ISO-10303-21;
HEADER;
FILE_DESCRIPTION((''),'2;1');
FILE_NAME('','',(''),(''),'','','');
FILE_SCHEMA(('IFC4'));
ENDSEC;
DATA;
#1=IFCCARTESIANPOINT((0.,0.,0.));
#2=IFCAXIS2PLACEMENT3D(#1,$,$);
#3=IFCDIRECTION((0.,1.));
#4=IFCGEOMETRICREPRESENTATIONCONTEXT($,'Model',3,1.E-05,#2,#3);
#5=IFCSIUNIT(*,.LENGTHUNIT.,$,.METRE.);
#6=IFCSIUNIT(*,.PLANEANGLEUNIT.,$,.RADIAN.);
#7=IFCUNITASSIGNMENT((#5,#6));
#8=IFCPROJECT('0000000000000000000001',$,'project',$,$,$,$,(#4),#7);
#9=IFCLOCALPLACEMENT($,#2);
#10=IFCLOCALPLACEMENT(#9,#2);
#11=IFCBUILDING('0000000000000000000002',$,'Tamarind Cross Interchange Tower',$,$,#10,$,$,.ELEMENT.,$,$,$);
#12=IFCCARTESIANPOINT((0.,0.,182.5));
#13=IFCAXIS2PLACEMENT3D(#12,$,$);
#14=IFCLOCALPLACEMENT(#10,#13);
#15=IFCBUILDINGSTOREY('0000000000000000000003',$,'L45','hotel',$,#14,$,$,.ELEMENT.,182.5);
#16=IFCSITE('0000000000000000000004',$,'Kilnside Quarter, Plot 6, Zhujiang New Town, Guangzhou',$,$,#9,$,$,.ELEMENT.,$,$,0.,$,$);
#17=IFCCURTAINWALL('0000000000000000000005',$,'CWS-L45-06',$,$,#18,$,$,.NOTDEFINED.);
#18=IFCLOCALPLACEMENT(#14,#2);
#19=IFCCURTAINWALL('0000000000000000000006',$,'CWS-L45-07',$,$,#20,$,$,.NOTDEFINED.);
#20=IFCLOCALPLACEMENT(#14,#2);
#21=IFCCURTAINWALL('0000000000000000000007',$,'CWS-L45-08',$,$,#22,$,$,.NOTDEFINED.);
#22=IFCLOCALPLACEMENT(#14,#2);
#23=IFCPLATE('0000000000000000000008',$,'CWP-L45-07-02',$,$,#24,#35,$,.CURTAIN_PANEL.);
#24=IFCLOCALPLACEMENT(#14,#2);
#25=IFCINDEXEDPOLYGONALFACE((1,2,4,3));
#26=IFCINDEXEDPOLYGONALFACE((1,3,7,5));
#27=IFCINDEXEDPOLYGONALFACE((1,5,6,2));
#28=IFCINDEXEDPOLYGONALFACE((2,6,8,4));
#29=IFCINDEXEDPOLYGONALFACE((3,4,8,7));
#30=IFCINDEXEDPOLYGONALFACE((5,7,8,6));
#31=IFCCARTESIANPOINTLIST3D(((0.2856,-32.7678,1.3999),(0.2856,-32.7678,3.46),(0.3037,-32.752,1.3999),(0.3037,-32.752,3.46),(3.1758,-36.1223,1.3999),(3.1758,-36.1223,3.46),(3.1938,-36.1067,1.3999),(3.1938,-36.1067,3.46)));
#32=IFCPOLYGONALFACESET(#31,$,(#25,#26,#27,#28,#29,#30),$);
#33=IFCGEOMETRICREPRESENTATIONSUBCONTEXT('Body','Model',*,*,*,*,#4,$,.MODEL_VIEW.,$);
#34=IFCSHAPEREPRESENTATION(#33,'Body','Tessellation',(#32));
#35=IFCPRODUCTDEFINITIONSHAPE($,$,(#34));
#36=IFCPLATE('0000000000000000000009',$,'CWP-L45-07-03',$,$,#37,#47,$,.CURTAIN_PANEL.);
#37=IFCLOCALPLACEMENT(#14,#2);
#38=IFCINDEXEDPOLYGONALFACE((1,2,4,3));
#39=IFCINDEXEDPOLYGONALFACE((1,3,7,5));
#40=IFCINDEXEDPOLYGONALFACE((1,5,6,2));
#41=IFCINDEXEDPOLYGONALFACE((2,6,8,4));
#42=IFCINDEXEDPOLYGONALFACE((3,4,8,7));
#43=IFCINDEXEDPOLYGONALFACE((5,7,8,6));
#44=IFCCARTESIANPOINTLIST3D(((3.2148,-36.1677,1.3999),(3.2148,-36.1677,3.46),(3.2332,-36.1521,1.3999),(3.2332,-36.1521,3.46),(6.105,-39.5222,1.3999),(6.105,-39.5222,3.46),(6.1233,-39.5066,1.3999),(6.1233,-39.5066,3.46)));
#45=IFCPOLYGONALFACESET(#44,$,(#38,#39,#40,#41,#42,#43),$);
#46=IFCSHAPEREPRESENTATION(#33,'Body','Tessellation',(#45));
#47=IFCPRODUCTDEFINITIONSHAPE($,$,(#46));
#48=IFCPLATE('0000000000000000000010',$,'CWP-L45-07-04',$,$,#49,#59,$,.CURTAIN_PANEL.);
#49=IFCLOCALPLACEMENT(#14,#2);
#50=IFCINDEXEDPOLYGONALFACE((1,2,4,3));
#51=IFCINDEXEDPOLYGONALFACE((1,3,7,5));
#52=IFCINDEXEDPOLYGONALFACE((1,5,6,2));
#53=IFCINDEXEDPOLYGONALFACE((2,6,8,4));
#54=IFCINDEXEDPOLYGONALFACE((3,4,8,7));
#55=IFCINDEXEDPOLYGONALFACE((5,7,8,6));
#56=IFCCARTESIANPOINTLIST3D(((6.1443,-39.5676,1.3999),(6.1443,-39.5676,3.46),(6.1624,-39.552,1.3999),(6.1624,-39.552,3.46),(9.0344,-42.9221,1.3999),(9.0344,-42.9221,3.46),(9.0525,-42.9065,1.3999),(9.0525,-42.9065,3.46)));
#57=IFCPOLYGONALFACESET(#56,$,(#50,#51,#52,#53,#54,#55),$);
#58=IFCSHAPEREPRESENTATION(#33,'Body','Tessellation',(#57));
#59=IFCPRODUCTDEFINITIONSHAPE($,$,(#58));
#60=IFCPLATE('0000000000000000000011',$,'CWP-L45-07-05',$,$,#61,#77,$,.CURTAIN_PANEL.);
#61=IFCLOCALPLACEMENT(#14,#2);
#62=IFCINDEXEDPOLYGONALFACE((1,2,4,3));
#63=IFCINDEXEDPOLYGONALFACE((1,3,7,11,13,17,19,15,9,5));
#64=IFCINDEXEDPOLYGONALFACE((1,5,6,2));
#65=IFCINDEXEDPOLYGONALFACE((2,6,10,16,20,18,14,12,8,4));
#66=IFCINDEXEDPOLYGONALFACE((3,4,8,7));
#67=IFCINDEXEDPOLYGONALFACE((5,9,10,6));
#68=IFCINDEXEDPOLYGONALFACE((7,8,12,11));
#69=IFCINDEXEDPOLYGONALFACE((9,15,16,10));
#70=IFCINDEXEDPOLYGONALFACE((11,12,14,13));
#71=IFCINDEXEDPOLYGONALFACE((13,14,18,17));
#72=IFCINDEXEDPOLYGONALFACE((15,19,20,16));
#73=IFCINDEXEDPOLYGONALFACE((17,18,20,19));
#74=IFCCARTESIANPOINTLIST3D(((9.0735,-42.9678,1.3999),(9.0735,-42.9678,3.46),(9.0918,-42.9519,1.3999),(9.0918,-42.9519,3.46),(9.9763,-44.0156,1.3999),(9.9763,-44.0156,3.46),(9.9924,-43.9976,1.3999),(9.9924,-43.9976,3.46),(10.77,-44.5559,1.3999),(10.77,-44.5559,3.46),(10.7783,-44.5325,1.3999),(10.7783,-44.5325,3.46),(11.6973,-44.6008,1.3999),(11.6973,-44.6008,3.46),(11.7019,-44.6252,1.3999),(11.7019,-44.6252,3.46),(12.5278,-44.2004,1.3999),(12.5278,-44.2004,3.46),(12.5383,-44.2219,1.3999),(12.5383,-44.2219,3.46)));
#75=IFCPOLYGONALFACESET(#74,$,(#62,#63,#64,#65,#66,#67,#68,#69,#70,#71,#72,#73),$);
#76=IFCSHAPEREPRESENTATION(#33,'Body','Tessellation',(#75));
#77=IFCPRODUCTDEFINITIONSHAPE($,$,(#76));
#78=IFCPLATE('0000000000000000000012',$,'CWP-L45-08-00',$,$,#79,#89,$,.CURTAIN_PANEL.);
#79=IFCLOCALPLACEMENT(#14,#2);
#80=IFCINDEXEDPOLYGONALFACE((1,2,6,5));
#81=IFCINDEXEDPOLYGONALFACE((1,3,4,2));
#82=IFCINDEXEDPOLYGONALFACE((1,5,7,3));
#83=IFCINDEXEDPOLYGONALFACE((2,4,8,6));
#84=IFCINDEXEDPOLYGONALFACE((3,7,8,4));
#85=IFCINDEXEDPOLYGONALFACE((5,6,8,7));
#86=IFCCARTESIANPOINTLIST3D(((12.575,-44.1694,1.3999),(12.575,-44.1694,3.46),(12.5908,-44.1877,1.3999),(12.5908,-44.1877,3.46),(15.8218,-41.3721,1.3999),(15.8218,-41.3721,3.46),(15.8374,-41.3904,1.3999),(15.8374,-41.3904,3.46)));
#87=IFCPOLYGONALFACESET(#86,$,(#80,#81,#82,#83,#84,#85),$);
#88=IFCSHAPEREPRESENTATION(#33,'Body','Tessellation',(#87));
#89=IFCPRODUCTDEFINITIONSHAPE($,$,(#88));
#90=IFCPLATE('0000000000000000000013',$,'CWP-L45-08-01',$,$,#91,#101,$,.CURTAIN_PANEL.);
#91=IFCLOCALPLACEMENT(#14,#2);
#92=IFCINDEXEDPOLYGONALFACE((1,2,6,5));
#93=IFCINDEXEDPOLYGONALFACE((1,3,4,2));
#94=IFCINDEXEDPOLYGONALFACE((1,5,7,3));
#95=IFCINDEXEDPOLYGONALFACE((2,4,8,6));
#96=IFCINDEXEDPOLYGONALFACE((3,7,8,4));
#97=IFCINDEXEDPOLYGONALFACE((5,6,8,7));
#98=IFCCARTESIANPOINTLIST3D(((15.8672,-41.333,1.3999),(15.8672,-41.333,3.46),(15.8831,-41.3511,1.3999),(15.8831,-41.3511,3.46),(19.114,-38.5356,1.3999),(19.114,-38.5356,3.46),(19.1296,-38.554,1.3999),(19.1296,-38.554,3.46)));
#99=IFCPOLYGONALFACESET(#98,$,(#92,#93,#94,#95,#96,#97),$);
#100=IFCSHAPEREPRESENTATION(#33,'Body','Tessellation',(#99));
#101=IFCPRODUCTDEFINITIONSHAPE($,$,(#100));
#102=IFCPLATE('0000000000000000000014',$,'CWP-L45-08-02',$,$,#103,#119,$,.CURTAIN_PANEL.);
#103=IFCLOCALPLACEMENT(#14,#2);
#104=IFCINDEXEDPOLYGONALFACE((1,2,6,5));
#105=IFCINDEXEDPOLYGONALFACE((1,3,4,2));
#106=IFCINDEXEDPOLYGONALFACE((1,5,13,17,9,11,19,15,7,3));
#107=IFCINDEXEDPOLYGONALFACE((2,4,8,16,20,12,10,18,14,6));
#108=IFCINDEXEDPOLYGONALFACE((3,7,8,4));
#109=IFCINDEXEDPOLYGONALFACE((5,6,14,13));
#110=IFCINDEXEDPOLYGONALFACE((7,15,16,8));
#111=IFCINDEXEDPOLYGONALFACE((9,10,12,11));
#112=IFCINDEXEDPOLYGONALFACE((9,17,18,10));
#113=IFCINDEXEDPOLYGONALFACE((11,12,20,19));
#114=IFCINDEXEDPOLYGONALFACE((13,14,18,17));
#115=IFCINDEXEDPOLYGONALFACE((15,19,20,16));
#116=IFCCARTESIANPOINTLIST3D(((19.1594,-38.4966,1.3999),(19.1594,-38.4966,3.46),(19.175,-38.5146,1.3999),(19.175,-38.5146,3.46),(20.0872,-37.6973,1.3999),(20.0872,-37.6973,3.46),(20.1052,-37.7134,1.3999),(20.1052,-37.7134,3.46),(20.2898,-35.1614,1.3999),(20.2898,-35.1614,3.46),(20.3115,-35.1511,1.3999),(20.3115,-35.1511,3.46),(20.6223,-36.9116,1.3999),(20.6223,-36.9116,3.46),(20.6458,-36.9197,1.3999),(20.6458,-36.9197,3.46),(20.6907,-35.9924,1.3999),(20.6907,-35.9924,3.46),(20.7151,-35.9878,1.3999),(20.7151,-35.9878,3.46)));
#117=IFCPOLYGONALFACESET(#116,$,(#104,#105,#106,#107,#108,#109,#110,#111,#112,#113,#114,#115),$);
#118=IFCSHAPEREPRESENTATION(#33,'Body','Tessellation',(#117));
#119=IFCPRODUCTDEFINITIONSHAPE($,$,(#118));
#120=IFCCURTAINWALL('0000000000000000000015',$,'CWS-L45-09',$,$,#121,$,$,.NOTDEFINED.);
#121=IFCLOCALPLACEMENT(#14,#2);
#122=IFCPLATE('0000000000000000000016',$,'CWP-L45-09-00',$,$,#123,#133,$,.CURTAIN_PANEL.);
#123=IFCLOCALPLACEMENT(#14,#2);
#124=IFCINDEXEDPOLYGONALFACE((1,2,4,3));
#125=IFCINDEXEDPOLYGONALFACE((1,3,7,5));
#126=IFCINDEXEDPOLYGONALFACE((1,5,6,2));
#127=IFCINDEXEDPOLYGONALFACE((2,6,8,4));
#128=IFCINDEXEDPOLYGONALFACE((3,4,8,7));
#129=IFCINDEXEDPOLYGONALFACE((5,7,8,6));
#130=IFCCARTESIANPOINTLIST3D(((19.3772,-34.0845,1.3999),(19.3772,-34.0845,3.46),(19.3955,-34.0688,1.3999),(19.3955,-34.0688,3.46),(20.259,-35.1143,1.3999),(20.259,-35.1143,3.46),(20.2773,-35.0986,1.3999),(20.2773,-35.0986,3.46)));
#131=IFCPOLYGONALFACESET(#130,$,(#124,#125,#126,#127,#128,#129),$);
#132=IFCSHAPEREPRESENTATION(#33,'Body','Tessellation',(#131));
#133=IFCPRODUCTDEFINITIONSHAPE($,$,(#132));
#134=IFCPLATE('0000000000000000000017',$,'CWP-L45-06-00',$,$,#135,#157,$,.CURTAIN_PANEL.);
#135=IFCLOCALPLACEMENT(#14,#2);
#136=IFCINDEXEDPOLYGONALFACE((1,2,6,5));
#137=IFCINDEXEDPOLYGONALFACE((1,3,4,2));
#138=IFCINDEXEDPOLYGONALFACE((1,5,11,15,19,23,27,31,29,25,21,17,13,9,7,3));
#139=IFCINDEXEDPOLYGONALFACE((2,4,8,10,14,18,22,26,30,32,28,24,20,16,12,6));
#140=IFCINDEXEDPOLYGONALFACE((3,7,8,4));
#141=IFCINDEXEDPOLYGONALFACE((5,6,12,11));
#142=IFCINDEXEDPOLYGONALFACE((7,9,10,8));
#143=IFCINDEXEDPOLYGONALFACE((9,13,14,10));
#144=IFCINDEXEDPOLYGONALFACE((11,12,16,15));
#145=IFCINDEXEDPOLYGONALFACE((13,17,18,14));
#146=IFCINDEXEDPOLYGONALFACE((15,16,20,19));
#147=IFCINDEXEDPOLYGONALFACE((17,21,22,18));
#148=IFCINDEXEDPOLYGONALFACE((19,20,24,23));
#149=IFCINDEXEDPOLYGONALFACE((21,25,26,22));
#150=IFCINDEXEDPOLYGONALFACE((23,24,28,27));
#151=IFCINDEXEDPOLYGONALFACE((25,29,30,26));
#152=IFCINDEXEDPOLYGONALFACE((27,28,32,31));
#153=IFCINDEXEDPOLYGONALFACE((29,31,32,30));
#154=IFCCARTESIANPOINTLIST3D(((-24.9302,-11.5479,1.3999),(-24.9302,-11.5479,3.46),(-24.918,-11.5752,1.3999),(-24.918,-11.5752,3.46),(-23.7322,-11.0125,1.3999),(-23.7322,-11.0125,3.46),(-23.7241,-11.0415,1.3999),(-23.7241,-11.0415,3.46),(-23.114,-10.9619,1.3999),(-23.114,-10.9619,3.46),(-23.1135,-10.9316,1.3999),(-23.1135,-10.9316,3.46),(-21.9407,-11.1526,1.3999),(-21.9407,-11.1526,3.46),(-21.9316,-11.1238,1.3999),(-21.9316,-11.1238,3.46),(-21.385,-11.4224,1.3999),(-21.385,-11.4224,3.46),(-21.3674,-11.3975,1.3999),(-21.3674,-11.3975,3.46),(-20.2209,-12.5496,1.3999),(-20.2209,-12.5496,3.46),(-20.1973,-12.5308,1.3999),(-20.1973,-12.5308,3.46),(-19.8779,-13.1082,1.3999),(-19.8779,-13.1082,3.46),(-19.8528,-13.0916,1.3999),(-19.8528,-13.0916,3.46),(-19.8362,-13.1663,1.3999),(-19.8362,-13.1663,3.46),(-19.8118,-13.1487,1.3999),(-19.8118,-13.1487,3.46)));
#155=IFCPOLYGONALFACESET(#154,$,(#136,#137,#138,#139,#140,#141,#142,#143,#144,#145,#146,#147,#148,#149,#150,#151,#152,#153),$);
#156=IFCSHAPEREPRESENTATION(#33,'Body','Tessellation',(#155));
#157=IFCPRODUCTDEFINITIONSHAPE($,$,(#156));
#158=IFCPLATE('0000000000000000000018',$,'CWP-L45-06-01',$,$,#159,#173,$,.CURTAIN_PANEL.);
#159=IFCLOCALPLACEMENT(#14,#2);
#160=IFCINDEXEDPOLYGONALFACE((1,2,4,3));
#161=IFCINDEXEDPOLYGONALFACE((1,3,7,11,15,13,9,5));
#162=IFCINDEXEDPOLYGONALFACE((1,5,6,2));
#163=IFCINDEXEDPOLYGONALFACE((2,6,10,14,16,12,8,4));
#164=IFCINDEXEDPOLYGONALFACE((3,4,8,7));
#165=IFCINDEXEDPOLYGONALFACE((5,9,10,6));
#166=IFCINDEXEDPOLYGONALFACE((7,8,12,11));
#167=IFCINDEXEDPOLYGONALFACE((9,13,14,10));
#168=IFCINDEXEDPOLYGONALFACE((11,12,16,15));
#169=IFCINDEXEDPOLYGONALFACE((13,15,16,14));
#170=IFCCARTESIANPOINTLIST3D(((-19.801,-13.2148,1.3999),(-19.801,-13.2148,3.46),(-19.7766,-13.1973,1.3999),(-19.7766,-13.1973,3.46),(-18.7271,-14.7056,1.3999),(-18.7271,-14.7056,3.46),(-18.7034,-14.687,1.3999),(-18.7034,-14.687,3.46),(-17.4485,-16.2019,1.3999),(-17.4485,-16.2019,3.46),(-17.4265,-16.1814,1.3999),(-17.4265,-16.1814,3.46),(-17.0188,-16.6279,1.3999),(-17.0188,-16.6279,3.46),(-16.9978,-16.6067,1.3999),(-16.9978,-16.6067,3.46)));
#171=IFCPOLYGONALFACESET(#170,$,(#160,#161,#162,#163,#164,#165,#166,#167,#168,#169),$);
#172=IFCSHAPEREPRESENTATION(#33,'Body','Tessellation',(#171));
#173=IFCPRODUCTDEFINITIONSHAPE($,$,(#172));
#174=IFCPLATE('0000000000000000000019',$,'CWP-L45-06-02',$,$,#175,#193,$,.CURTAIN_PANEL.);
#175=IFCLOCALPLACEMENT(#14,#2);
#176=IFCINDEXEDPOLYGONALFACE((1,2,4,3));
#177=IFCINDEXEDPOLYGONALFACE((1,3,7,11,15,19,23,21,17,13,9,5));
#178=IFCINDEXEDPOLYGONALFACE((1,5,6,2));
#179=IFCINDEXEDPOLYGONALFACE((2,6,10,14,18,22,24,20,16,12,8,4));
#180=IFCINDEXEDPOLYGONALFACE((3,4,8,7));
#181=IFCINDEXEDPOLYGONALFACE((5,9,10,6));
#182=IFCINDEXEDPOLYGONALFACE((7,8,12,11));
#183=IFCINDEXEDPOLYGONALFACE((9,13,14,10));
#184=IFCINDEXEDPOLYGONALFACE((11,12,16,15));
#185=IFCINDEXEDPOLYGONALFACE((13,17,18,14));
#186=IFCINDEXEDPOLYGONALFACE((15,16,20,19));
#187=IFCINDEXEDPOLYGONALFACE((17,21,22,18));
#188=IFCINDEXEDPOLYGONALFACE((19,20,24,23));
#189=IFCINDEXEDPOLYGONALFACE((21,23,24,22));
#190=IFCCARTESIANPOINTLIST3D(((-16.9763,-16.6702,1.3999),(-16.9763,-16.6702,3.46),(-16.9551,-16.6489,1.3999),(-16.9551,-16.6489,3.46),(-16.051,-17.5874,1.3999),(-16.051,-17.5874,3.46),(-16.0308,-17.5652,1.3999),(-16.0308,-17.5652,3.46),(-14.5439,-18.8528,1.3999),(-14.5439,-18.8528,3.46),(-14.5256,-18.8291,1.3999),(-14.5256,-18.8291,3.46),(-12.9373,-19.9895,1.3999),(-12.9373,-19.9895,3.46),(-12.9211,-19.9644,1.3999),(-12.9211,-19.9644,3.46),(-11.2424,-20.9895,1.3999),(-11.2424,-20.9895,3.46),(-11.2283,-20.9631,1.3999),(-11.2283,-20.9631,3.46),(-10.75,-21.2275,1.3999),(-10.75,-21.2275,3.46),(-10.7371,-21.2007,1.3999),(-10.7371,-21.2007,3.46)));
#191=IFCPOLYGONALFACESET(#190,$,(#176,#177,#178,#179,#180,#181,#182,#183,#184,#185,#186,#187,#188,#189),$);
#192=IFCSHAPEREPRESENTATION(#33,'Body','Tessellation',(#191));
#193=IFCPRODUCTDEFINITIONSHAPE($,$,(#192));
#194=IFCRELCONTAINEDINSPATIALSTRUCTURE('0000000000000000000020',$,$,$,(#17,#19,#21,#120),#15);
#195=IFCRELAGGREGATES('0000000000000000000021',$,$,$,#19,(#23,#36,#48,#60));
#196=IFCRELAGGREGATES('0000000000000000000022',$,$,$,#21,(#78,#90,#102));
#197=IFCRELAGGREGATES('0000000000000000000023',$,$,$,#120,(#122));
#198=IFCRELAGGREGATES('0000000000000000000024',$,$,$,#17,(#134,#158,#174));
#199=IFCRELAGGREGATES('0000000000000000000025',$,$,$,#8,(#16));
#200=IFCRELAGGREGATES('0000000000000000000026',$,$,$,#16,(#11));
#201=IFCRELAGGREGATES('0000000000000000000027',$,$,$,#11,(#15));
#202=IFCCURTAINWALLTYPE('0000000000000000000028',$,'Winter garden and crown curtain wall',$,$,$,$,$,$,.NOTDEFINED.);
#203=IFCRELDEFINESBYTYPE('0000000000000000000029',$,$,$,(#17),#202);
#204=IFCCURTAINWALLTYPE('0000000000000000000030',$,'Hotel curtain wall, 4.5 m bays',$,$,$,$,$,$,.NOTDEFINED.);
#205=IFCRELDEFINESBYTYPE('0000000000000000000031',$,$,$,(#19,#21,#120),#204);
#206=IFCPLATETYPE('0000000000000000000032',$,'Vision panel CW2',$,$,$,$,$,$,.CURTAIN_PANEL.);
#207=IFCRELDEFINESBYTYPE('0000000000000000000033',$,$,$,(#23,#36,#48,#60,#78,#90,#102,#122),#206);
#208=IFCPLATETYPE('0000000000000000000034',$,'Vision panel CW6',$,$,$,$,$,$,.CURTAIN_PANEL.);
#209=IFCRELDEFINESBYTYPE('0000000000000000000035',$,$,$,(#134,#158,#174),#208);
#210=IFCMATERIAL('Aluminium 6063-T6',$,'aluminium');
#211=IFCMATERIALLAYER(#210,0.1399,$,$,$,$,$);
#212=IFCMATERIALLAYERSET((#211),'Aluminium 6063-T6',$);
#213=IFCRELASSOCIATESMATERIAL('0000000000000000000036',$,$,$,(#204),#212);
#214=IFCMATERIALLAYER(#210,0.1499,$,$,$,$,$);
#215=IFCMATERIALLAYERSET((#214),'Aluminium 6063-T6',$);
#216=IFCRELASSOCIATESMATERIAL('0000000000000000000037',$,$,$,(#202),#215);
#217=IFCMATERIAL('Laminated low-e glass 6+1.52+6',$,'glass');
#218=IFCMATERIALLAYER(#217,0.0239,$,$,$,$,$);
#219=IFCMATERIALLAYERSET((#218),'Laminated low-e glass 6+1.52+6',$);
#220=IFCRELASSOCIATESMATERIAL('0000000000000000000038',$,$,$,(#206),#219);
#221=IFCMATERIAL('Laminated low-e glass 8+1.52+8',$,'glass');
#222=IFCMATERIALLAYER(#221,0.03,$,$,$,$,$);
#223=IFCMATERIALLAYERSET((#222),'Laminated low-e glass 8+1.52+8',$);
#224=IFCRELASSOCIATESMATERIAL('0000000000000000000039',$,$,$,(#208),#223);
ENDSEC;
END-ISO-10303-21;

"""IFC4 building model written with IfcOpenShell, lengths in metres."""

from ifc_helpers import new_model, si_unit, direction, frame, origin, place, context, subcontext, project, spatial, polyline, outline, extrude, material, layer, layer_set, type_object, element, aggregate, save


model = new_model("IFC4")

# Units and contexts
model_context = context("Model", 3, precision=1e-05, world=origin(), true_north=direction((0.0, 1.0)))
body_context = subcontext(model_context, "Body", "Model", "MODEL_VIEW")
ifc_project = project(units=[si_unit("LENGTHUNIT", "METRE"), si_unit("PLANEANGLEUNIT", "RADIAN")], contexts=[model_context])

# Site, building, storey
site_placement = place(None, origin())
site = spatial("IfcSite", under=ifc_project, at=site_placement, Name="Kilnside Quarter, Plot 6, Zhujiang New Town, Guangzhou", CompositionType="ELEMENT", RefElevation=0.0)
building_placement = place(site_placement, origin())
building = spatial("IfcBuilding", under=site, at=building_placement, Name="Tamarind Cross Interchange Tower", CompositionType="ELEMENT")
storey_placement = place(building_placement, frame((0.0, 0.0, 182.5)))
storey = spatial("IfcBuildingStorey", under=building, at=storey_placement, Name="L45", Description="hotel", CompositionType="ELEMENT", Elevation=182.5)

# Curtain walls
ifc_material_1 = material(Name="Aluminium 6063-T6", Category="aluminium")
ifc_layer_1 = layer(ifc_material_1, 0.1399)
ifc_layer_set_1 = layer_set([ifc_layer_1], Name="Aluminium 6063-T6")
curtain_wall_type_1 = type_object("IfcCurtainWallType", Name="Hotel curtain wall, 4.5 m bays", PredefinedType="NOTDEFINED", material=ifc_layer_set_1)
ifc_layer_2 = layer(ifc_material_1, 0.1499)
ifc_layer_set_2 = layer_set([ifc_layer_2], Name="Aluminium 6063-T6")
curtain_wall_type_2 = type_object("IfcCurtainWallType", Name="Winter garden and crown curtain wall", PredefinedType="NOTDEFINED", material=ifc_layer_set_2)
curtain_wall_1_placement = place(storey_placement, origin())
curtain_wall_1 = element("IfcCurtainWall", 1, at=curtain_wall_1_placement, inside=storey, type_object=curtain_wall_type_2, Name="CWS-L45-06", PredefinedType="NOTDEFINED")
curtain_wall_2_placement = place(storey_placement, origin())
curtain_wall_2 = element("IfcCurtainWall", 2, at=curtain_wall_2_placement, inside=storey, type_object=curtain_wall_type_1, Name="CWS-L45-07", PredefinedType="NOTDEFINED")
curtain_wall_3_placement = place(storey_placement, origin())
curtain_wall_3 = element("IfcCurtainWall", 3, at=curtain_wall_3_placement, inside=storey, type_object=curtain_wall_type_1, Name="CWS-L45-08", PredefinedType="NOTDEFINED")

# Plates
ifc_material_2 = material(Name="Laminated low-e glass 6+1.52+6", Category="glass")
ifc_layer_3 = layer(ifc_material_2, 0.0239)
ifc_layer_set_3 = layer_set([ifc_layer_3], Name="Laminated low-e glass 6+1.52+6")
plate_type_1 = type_object("IfcPlateType", Name="Vision panel CW2", PredefinedType="CURTAIN_PANEL", material=ifc_layer_set_3)
plate_1_placement = place(storey_placement, frame((0.0, 0.0, 1.3999)))
plate_1 = element("IfcPlate", 4, at=plate_1_placement, type_object=plate_type_1, Name="CWP-L45-07-02", PredefinedType="CURTAIN_PANEL", context=body_context, shape_type="SweptSolid", body=[
    extrude(outline(polyline([(0.3037, -32.752), (3.1938, -36.1067), (3.1758, -36.1223), (0.2856, -32.7678), (0.3037, -32.752)])), origin(), (0.0, 0.0, 1.0), 2.0601),
])
plate_2_placement = place(storey_placement, frame((0.0, 0.0, 1.3999)))
plate_2 = element("IfcPlate", 5, at=plate_2_placement, type_object=plate_type_1, Name="CWP-L45-07-03", PredefinedType="CURTAIN_PANEL", context=body_context, shape_type="SweptSolid", body=[
    extrude(outline(polyline([(3.2332, -36.1521), (6.1233, -39.5066), (6.105, -39.5222), (3.2148, -36.1677), (3.2332, -36.1521)])), origin(), (0.0, 0.0, 1.0), 2.0601),
])
plate_3_placement = place(storey_placement, frame((0.0, 0.0, 1.3999)))
plate_3 = element("IfcPlate", 6, at=plate_3_placement, type_object=plate_type_1, Name="CWP-L45-07-04", PredefinedType="CURTAIN_PANEL", context=body_context, shape_type="SweptSolid", body=[
    extrude(outline(polyline([(6.1624, -39.552), (9.0525, -42.9065), (9.0344, -42.9221), (6.1443, -39.5676), (6.1624, -39.552)])), origin(), (0.0, 0.0, 1.0), 2.0601),
])
plate_4_placement = place(storey_placement, frame((0.0, 0.0, 1.3999)))
plate_4 = element("IfcPlate", 7, at=plate_4_placement, type_object=plate_type_1, Name="CWP-L45-07-05", PredefinedType="CURTAIN_PANEL", context=body_context, shape_type="SweptSolid", body=[
    extrude(outline(polyline([(9.0918, -42.9519), (9.9924, -43.9976), (10.7783, -44.5325), (11.6973, -44.6008), (12.5278, -44.2004), (12.5383, -44.2219), (11.7019, -44.6252), (10.77, -44.5559), (9.9763, -44.0156), (9.0735, -42.9678), (9.0918, -42.9519)])), origin(), (0.0, 0.0, 1.0), 2.0601),
])
aggregate(curtain_wall_2, [plate_1, plate_2, plate_3, plate_4])
plate_5_placement = place(storey_placement, frame((0.0, 0.0, 1.3999)))
plate_5 = element("IfcPlate", 8, at=plate_5_placement, type_object=plate_type_1, Name="CWP-L45-08-00", PredefinedType="CURTAIN_PANEL", context=body_context, shape_type="SweptSolid", body=[
    extrude(outline(polyline([(12.575, -44.1694), (15.8218, -41.3721), (15.8374, -41.3904), (12.5908, -44.1877), (12.575, -44.1694)])), origin(), (0.0, 0.0, 1.0), 2.0601),
])
plate_6_placement = place(storey_placement, frame((0.0, 0.0, 1.3999)))
plate_6 = element("IfcPlate", 9, at=plate_6_placement, type_object=plate_type_1, Name="CWP-L45-08-01", PredefinedType="CURTAIN_PANEL", context=body_context, shape_type="SweptSolid", body=[
    extrude(outline(polyline([(15.8672, -41.333), (19.114, -38.5356), (19.1296, -38.554), (15.8831, -41.3511), (15.8672, -41.333)])), origin(), (0.0, 0.0, 1.0), 2.0601),
])
plate_7_placement = place(storey_placement, frame((0.0, 0.0, 1.3999)))
plate_7 = element("IfcPlate", 10, at=plate_7_placement, type_object=plate_type_1, Name="CWP-L45-08-02", PredefinedType="CURTAIN_PANEL", context=body_context, shape_type="SweptSolid", body=[
    extrude(outline(polyline([(19.1594, -38.4966), (20.0872, -37.6973), (20.6223, -36.9116), (20.6907, -35.9924), (20.2898, -35.1614), (20.3115, -35.1511), (20.7151, -35.9878), (20.6458, -36.9197), (20.1052, -37.7134), (19.175, -38.5146), (19.1594, -38.4966)])), origin(), (0.0, 0.0, 1.0), 2.0601),
])
aggregate(curtain_wall_3, [plate_5, plate_6, plate_7])

# Curtain wall, plate
curtain_wall_4_placement = place(storey_placement, origin())
curtain_wall_4 = element("IfcCurtainWall", 11, at=curtain_wall_4_placement, inside=storey, type_object=curtain_wall_type_1, Name="CWS-L45-09", PredefinedType="NOTDEFINED")
plate_8_placement = place(storey_placement, frame((0.0, 0.0, 1.3999)))
plate_8 = element("IfcPlate", 12, at=plate_8_placement, type_object=plate_type_1, Name="CWP-L45-09-00", PredefinedType="CURTAIN_PANEL", context=body_context, shape_type="SweptSolid", body=[
    extrude(outline(polyline([(20.259, -35.1143), (19.3772, -34.0845), (19.3955, -34.0688), (20.2773, -35.0986), (20.259, -35.1143)])), origin(), (0.0, 0.0, 1.0), 2.0601),
])
aggregate(curtain_wall_4, [plate_8])

# Plates
ifc_material_3 = material(Name="Laminated low-e glass 8+1.52+8", Category="glass")
ifc_layer_4 = layer(ifc_material_3, 0.03)
ifc_layer_set_4 = layer_set([ifc_layer_4], Name="Laminated low-e glass 8+1.52+8")
plate_type_2 = type_object("IfcPlateType", Name="Vision panel CW6", PredefinedType="CURTAIN_PANEL", material=ifc_layer_set_4)
plate_9_placement = place(storey_placement, frame((0.0, 0.0, 1.3999)))
plate_9 = element("IfcPlate", 13, at=plate_9_placement, type_object=plate_type_2, Name="CWP-L45-06-00", PredefinedType="CURTAIN_PANEL", context=body_context, shape_type="SweptSolid", body=[
    extrude(outline(polyline([(-24.9302, -11.5479), (-23.7322, -11.0125), (-23.1135, -10.9316), (-21.9316, -11.1238), (-21.3674, -11.3975), (-20.1973, -12.5308), (-19.8528, -13.0916), (-19.8118, -13.1487), (-19.8362, -13.1663), (-19.8779, -13.1082), (-20.2209, -12.5496), (-21.385, -11.4224), (-21.9407, -11.1526), (-23.114, -10.9619), (-23.7241, -11.0415), (-24.918, -11.5752), (-24.9302, -11.5479)])), origin(), (0.0, 0.0, 1.0), 2.0601),
])
plate_10_placement = place(storey_placement, frame((0.0, 0.0, 1.3999)))
plate_10 = element("IfcPlate", 14, at=plate_10_placement, type_object=plate_type_2, Name="CWP-L45-06-01", PredefinedType="CURTAIN_PANEL", context=body_context, shape_type="SweptSolid", body=[
    extrude(outline(polyline([(-19.7766, -13.1973), (-18.7034, -14.687), (-17.4265, -16.1814), (-16.9978, -16.6067), (-17.0188, -16.6279), (-17.4485, -16.2019), (-18.7271, -14.7056), (-19.801, -13.2148), (-19.7766, -13.1973)])), origin(), (0.0, 0.0, 1.0), 2.0601),
])
plate_11_placement = place(storey_placement, frame((0.0, 0.0, 1.3999)))
plate_11 = element("IfcPlate", 15, at=plate_11_placement, type_object=plate_type_2, Name="CWP-L45-06-02", PredefinedType="CURTAIN_PANEL", context=body_context, shape_type="SweptSolid", body=[
    extrude(outline(polyline([(-16.9551, -16.6489), (-16.0308, -17.5652), (-14.5256, -18.8291), (-12.9211, -19.9644), (-11.2283, -20.9631), (-10.7371, -21.2007), (-10.75, -21.2275), (-11.2424, -20.9895), (-12.9373, -19.9895), (-14.5439, -18.8528), (-16.051, -17.5874), (-16.9763, -16.6702), (-16.9551, -16.6489)])), origin(), (0.0, 0.0, 1.0), 2.0601),
])
aggregate(curtain_wall_1, [plate_9, plate_10, plate_11])

save(model, "model.ifc")
